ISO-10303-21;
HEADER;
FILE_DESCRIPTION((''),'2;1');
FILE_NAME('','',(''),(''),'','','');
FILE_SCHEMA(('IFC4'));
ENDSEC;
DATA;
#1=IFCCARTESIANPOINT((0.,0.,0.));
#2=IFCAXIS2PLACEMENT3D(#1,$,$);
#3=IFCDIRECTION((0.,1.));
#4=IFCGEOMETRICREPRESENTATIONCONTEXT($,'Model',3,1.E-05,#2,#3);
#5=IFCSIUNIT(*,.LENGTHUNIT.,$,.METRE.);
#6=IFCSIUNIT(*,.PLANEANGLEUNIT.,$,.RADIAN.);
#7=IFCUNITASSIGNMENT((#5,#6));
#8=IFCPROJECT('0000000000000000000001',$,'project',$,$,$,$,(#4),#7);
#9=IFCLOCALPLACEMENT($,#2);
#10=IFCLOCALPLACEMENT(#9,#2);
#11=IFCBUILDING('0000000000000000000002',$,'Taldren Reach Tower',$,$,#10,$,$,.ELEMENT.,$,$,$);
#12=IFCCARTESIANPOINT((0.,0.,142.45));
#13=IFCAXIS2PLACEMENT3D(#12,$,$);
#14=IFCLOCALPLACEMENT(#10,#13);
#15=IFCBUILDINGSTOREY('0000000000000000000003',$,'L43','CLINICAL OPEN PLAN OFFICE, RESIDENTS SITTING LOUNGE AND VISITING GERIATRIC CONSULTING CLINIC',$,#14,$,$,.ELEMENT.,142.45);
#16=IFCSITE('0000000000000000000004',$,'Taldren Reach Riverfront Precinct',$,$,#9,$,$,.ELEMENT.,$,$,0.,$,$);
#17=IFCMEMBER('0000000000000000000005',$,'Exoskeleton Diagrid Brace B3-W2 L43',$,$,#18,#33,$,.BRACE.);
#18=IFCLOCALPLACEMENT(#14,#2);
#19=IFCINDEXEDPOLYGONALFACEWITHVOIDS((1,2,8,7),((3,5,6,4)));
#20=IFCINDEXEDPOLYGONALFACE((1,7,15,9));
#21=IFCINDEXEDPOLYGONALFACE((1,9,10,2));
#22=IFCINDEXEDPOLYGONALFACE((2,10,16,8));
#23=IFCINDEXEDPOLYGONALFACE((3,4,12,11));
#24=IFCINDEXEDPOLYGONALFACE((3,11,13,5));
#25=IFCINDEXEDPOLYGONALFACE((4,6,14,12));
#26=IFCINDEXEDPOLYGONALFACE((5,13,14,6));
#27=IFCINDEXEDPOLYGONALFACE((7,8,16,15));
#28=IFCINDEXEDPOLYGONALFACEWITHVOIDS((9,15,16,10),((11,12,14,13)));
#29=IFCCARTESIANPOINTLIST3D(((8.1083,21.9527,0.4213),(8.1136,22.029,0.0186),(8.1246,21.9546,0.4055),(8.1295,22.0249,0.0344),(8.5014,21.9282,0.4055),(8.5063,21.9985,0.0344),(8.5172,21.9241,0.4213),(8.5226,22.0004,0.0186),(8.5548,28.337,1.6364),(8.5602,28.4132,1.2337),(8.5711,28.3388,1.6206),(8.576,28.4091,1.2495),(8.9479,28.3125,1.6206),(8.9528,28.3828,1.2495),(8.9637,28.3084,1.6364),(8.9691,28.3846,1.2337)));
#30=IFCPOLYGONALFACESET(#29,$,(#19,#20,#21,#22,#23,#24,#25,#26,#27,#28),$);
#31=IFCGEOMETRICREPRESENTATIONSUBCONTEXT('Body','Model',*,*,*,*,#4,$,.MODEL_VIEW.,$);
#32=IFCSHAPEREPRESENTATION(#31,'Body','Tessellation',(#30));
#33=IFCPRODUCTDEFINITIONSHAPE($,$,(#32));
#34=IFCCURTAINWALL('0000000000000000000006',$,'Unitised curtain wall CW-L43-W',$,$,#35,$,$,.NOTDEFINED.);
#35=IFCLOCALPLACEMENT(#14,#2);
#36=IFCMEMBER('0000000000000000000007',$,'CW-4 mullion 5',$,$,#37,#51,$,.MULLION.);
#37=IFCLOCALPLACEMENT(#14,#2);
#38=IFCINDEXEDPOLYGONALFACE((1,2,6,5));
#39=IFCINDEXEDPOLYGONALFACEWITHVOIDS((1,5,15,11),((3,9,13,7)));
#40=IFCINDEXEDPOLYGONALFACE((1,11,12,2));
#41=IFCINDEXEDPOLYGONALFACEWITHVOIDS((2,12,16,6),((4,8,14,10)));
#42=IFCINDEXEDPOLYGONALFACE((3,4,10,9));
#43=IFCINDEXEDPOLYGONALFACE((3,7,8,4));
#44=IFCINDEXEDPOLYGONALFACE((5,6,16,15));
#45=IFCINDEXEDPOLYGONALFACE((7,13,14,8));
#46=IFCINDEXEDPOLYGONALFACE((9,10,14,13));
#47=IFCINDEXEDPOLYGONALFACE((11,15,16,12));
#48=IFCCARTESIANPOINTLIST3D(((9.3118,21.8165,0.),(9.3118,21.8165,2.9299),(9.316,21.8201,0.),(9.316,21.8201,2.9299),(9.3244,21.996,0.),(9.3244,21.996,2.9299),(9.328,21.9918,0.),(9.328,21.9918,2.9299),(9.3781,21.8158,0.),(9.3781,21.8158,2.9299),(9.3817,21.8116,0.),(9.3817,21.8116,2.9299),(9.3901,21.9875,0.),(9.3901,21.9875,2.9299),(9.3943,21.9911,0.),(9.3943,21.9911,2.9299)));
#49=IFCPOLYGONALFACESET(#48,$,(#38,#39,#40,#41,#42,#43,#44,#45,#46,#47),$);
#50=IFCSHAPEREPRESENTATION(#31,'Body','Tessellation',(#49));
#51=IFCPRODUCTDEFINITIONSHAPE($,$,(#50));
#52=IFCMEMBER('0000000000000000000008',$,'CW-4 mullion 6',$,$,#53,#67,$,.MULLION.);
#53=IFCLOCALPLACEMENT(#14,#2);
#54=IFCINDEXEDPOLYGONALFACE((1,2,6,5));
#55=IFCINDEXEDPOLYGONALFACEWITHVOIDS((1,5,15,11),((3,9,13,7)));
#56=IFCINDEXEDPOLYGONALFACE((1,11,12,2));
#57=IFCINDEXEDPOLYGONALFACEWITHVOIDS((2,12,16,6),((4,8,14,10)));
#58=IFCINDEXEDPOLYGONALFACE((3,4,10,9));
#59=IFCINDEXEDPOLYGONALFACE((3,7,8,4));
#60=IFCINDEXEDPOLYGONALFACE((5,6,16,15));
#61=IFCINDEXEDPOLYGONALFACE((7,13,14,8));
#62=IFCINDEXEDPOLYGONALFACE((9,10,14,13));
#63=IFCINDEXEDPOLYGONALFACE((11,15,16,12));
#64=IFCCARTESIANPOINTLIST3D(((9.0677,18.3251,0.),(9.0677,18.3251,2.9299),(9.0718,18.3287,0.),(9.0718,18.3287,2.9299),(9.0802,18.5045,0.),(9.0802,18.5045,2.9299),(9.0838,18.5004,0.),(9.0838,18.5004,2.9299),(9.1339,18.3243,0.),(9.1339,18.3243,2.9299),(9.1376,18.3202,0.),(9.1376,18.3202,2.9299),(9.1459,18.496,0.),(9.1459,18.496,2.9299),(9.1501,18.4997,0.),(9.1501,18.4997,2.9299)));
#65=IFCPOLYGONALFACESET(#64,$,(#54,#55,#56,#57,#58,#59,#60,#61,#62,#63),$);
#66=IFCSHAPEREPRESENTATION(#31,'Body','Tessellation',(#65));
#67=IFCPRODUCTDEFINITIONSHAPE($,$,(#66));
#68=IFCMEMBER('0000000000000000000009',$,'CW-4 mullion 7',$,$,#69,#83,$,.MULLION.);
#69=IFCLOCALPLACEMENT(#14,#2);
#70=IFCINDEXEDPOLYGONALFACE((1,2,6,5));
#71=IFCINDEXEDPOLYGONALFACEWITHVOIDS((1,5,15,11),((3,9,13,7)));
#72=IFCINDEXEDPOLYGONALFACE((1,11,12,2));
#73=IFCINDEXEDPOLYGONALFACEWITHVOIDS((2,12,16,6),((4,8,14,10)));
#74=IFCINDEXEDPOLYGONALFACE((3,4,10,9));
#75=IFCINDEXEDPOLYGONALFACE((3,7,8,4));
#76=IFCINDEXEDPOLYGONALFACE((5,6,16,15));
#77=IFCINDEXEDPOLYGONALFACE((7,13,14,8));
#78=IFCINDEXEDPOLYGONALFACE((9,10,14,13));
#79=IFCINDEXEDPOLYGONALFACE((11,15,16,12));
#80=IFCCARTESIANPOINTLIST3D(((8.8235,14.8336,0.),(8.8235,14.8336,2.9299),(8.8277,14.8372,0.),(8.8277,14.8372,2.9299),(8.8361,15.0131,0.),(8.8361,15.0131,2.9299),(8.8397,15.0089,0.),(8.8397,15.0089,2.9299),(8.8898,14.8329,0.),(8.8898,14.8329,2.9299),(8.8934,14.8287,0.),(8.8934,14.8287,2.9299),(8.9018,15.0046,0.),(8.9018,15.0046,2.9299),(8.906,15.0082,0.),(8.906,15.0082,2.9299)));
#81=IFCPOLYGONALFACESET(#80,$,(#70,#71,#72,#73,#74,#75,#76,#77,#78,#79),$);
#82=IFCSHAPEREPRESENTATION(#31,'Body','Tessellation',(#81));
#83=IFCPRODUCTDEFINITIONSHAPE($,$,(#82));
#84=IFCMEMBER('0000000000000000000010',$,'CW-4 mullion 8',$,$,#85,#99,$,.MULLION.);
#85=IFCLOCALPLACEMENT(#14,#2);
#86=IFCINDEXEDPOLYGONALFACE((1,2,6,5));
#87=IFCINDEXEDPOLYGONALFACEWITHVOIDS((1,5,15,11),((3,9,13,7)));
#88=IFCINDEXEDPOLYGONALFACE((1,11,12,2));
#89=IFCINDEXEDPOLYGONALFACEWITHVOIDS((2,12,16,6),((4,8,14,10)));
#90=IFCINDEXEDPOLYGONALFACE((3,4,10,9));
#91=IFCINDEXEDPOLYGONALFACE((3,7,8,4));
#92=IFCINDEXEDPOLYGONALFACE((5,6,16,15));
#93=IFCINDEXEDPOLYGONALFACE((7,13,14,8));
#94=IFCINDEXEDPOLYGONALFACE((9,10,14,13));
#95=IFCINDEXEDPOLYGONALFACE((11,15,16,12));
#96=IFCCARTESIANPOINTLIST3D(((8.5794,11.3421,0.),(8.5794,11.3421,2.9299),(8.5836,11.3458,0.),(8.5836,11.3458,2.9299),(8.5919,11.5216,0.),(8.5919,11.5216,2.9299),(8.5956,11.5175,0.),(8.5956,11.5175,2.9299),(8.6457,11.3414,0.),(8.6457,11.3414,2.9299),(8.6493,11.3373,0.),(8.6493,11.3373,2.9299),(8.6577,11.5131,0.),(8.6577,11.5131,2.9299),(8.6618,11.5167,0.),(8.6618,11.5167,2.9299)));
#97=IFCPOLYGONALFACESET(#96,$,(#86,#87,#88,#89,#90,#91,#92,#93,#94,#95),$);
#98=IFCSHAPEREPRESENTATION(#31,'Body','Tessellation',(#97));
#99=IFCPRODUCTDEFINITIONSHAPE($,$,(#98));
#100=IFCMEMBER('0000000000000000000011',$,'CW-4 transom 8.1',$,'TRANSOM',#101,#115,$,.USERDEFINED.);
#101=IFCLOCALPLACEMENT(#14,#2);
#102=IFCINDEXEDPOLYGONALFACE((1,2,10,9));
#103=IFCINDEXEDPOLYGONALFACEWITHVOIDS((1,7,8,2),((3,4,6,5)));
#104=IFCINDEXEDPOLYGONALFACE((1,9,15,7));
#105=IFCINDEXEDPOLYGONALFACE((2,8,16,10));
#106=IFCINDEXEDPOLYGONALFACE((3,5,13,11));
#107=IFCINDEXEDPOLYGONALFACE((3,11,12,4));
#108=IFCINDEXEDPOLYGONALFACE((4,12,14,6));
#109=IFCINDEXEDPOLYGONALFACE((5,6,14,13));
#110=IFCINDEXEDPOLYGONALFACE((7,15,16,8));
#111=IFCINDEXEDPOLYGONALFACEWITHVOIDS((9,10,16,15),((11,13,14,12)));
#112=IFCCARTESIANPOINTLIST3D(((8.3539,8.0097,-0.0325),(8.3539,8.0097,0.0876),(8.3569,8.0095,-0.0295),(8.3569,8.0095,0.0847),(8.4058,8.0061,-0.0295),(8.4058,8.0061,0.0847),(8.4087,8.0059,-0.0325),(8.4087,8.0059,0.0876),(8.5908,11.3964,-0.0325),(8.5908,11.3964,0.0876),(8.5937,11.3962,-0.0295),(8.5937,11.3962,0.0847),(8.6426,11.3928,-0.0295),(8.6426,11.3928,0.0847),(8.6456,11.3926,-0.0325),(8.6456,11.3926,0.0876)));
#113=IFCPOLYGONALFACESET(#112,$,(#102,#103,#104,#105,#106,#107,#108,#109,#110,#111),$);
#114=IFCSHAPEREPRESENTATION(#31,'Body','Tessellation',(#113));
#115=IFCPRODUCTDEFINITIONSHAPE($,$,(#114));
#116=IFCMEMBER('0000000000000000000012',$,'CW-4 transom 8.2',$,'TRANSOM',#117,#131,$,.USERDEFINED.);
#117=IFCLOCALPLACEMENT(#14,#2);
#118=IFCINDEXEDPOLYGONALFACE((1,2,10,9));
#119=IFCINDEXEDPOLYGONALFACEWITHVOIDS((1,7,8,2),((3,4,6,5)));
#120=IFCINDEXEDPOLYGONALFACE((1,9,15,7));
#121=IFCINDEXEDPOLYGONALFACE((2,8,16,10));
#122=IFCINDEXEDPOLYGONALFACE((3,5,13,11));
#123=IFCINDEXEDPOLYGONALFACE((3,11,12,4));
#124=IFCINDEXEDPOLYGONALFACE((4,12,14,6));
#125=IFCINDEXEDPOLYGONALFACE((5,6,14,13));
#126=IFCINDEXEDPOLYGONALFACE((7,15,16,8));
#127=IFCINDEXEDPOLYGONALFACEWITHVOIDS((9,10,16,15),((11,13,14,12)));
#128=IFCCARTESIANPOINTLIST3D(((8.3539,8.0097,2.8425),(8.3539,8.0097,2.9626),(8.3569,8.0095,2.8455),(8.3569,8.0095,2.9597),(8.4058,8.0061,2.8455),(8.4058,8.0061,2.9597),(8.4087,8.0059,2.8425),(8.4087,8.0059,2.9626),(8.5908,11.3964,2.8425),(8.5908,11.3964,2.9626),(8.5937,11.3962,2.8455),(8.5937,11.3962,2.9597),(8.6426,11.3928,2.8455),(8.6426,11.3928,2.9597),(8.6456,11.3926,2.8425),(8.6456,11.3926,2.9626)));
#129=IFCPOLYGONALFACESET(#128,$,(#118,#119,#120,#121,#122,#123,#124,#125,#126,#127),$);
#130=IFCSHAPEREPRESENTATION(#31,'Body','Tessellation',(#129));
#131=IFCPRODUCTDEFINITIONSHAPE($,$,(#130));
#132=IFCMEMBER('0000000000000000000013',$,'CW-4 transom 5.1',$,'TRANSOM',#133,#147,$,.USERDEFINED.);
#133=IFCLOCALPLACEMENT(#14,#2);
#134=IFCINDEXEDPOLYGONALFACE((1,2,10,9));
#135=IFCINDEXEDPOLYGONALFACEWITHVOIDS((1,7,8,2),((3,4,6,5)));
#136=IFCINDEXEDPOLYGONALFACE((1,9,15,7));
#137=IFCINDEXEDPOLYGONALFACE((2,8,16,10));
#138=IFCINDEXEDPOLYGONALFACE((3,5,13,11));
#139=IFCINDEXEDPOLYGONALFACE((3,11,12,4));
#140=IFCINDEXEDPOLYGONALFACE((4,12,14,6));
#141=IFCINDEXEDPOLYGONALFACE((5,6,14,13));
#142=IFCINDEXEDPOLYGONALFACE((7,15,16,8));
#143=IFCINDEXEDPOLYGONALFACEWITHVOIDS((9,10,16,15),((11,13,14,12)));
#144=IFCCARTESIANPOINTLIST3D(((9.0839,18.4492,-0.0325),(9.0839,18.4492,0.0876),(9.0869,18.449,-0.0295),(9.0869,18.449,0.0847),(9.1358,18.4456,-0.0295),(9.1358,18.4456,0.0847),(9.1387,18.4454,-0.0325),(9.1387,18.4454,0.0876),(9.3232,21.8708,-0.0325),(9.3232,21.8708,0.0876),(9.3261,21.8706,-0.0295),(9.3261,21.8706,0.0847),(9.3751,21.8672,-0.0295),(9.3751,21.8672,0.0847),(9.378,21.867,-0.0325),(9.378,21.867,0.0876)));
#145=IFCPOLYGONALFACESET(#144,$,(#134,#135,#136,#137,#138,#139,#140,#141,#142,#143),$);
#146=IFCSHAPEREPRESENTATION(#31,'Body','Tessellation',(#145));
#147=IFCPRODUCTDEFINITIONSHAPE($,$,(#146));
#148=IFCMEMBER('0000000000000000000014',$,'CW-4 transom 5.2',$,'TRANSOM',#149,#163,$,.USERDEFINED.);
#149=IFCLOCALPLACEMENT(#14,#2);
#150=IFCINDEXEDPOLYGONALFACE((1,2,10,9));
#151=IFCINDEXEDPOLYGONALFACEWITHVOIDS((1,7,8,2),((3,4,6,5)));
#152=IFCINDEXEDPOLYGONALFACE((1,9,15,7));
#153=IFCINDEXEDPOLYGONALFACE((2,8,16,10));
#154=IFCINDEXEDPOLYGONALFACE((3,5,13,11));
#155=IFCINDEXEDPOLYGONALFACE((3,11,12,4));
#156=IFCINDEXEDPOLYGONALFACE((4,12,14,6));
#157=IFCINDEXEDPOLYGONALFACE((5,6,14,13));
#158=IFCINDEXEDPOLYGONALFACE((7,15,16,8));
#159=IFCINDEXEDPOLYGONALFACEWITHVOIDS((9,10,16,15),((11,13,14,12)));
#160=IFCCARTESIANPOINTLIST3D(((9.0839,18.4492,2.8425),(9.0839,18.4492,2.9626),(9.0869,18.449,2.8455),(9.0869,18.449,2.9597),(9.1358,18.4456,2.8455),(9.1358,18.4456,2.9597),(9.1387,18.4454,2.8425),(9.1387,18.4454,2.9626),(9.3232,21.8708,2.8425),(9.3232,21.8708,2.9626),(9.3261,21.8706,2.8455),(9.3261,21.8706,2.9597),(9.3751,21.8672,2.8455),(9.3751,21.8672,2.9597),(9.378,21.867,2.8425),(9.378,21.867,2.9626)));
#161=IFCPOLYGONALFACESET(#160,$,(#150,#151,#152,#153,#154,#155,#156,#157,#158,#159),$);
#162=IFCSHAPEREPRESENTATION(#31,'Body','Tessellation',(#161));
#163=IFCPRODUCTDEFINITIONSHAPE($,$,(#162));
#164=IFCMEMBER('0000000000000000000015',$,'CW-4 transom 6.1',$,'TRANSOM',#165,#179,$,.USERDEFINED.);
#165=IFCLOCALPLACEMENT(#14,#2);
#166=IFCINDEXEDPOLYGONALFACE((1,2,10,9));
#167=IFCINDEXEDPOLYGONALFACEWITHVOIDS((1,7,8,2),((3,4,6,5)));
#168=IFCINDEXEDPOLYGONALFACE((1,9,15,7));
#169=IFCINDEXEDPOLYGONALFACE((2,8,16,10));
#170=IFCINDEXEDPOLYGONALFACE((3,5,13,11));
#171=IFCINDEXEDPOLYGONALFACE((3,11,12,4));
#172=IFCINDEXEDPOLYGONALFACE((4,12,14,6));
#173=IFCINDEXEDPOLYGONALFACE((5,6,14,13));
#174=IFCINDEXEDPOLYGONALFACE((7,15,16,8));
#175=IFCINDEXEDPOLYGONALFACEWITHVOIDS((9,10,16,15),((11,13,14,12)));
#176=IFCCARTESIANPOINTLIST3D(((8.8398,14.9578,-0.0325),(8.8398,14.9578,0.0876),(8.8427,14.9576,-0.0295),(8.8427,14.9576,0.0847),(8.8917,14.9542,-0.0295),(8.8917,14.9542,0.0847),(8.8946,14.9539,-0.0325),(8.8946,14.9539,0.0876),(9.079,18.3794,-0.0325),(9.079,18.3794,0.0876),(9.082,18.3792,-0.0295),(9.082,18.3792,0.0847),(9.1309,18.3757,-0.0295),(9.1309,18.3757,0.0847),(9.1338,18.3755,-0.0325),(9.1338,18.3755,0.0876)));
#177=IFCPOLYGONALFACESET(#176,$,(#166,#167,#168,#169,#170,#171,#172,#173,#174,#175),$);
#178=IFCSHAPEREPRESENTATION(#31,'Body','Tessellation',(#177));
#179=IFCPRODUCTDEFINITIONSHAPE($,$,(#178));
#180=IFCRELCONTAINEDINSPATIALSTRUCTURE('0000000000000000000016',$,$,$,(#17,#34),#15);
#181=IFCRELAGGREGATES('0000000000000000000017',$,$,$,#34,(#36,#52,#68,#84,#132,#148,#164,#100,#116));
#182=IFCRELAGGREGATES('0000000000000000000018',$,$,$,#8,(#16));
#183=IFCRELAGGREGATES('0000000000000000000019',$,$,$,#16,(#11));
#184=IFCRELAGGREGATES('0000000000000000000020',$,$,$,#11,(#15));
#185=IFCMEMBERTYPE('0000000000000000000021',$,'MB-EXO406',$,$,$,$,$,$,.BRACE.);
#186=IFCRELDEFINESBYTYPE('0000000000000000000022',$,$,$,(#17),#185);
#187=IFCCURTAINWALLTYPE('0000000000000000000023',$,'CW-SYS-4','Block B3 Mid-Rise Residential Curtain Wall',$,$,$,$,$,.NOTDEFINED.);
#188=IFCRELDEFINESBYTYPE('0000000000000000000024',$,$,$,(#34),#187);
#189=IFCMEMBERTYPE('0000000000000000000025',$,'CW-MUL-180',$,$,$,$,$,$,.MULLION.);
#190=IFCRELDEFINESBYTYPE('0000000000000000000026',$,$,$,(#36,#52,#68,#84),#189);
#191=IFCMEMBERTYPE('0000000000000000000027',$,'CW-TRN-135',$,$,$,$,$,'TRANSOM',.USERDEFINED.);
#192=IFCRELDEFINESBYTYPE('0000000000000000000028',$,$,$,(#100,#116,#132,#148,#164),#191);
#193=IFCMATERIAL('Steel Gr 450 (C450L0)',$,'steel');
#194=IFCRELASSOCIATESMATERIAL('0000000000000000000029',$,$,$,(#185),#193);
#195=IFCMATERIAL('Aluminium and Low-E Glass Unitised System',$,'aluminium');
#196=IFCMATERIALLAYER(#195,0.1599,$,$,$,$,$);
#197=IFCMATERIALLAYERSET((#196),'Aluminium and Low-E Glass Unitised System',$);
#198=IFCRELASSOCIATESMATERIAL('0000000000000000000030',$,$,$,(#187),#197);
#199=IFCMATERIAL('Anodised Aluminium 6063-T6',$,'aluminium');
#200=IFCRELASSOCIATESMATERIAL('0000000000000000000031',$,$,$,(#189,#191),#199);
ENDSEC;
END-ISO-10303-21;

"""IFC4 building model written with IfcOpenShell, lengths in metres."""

from ifc_helpers import new_model, si_unit, direction, frame, origin, origin_2d, place, context, subcontext, project, spatial, hollow_rectangle, extrude, source, transform, mapped, material, layer, layer_set, material_profile, profile_set, type_object, element, aggregate, save


model = new_model("IFC4")

# Units and contexts
model_context = context("Model", 3, precision=1e-05, world=origin(), true_north=direction((0.0, 1.0)))
body_context = subcontext(model_context, "Body", "Model", "MODEL_VIEW")
ifc_project = project(units=[si_unit("LENGTHUNIT", "METRE"), si_unit("PLANEANGLEUNIT", "RADIAN")], contexts=[model_context])

# Site, building, storey
site_placement = place(None, origin())
site = spatial("IfcSite", under=ifc_project, at=site_placement, Name="Taldren Reach Riverfront Precinct", CompositionType="ELEMENT", RefElevation=0.0)
building_placement = place(site_placement, origin())
building = spatial("IfcBuilding", under=site, at=building_placement, Name="Taldren Reach Tower", CompositionType="ELEMENT")
storey_placement = place(building_placement, frame((0.0, 0.0, 142.45)))
storey = spatial("IfcBuildingStorey", under=building, at=storey_placement, Name="L43", Description="CLINICAL OPEN PLAN OFFICE, RESIDENTS SITTING LOUNGE AND VISITING GERIATRIC CONSULTING CLINIC", CompositionType="ELEMENT", Elevation=142.45)

# Shared definitions
ifc_material_1 = material(Name="Steel Gr 450 (C450L0)", Category="steel")

# Member
ifc_material_profile_1 = material_profile(ifc_material_1, hollow_rectangle(XDim=0.4099, YDim=0.4099, WallThickness=0.0161, at=origin_2d()), Name="410x410x16.0SHS")
ifc_profile_set_1 = profile_set([ifc_material_profile_1], Name="Steel Gr 450 (C450L0)")
member_type_1 = type_object("IfcMemberType", Name="MB-EXO406", PredefinedType="BRACE", material=ifc_profile_set_1)
shared_shape_1 = source(origin(), body_context, "Body", "SweptSolid", [
    extrude(hollow_rectangle(XDim=0.4099, YDim=0.4099, WallThickness=0.0161, at=origin_2d()), origin(), (0.0, 0.0, 1.0), 6.5142),
])
member_1_placement = place(storey_placement, frame((8.3154, 21.9766, 0.22), z_axis=(0.068548, 0.980055, 0.186529), x_axis=(-0.997563, 0.069772, 0.0)))
element("IfcMember", 1, at=member_1_placement, inside=storey, type_object=member_type_1, Name="Exoskeleton Diagrid Brace B3-W2 L43", PredefinedType="BRACE", context=body_context, shape_type="MappedRepresentation", body=[
    mapped(shared_shape_1, transform((0.0, 0.0, 0.0), scale=1.0)),
])

# Curtain wall, members
ifc_material_2 = material(Name="Aluminium and Low-E Glass Unitised System", Category="aluminium")
ifc_layer_1 = layer(ifc_material_2, 0.1599)
ifc_layer_set_1 = layer_set([ifc_layer_1], Name="Aluminium and Low-E Glass Unitised System")
curtain_wall_type = type_object("IfcCurtainWallType", Name="CW-SYS-4", Description="Block B3 Mid-Rise Residential Curtain Wall", PredefinedType="NOTDEFINED", material=ifc_layer_set_1)
curtain_wall_placement = place(storey_placement, origin())
curtain_wall = element("IfcCurtainWall", 2, at=curtain_wall_placement, inside=storey, type_object=curtain_wall_type, Name="Unitised curtain wall CW-L43-W", PredefinedType="NOTDEFINED")
ifc_material_3 = material(Name="Anodised Aluminium 6063-T6", Category="aluminium")
ifc_material_profile_2 = material_profile(ifc_material_3, hollow_rectangle(XDim=0.0701, YDim=0.1799, WallThickness=0.0039, at=origin_2d()), Name="ALU-180x70x4RHS")
ifc_profile_set_2 = profile_set([ifc_material_profile_2], Name="Anodised Aluminium 6063-T6")
member_type_2 = type_object("IfcMemberType", Name="CW-MUL-180", PredefinedType="MULLION", material=ifc_profile_set_2)
shared_shape_2 = source(origin(), body_context, "Body", "SweptSolid", [
    extrude(hollow_rectangle(XDim=0.0701, YDim=0.1799, WallThickness=0.0039, at=origin_2d()), origin(), (0.0, 0.0, 1.0), 2.9299),
])
member_2_placement = place(storey_placement, frame((9.353, 21.9038, 0.0), z_axis=(0.0, 0.0, 1.0), x_axis=(0.997564, -0.069756, 0.0)))
member_2 = element("IfcMember", 3, at=member_2_placement, type_object=member_type_2, Name="CW-4 mullion 5", PredefinedType="MULLION", context=body_context, shape_type="MappedRepresentation", body=[
    mapped(shared_shape_2, transform((0.0, 0.0, 0.0), scale=1.0)),
])
member_3_placement = place(storey_placement, frame((9.1089, 18.4124, 0.0), z_axis=(0.0, 0.0, 1.0), x_axis=(0.997564, -0.069756, 0.0)))
member_3 = element("IfcMember", 4, at=member_3_placement, type_object=member_type_2, Name="CW-4 mullion 6", PredefinedType="MULLION", context=body_context, shape_type="MappedRepresentation", body=[
    mapped(shared_shape_2, transform((0.0, 0.0, 0.0), scale=1.0)),
])
member_4_placement = place(storey_placement, frame((8.8647, 14.9209, 0.0), z_axis=(0.0, 0.0, 1.0), x_axis=(0.997564, -0.069756, 0.0)))
member_4 = element("IfcMember", 5, at=member_4_placement, type_object=member_type_2, Name="CW-4 mullion 7", PredefinedType="MULLION", context=body_context, shape_type="MappedRepresentation", body=[
    mapped(shared_shape_2, transform((0.0, 0.0, 0.0), scale=1.0)),
])
member_5_placement = place(storey_placement, frame((8.6206, 11.4294, 0.0), z_axis=(0.0, 0.0, 1.0), x_axis=(0.997564, -0.069756, 0.0)))
member_5 = element("IfcMember", 6, at=member_5_placement, type_object=member_type_2, Name="CW-4 mullion 8", PredefinedType="MULLION", context=body_context, shape_type="MappedRepresentation", body=[
    mapped(shared_shape_2, transform((0.0, 0.0, 0.0), scale=1.0)),
])
ifc_material_profile_3 = material_profile(ifc_material_3, hollow_rectangle(XDim=0.0549, YDim=0.1201, WallThickness=0.0029, at=origin_2d()), Name="ALU-120x55x3RHS")
ifc_profile_set_3 = profile_set([ifc_material_profile_3], Name="Anodised Aluminium 6063-T6")
member_type_3 = type_object("IfcMemberType", Name="CW-TRN-135", ElementType="TRANSOM", PredefinedType="USERDEFINED", material=ifc_profile_set_3)
shared_shape_3 = source(origin(), body_context, "Body", "SweptSolid", [
    extrude(hollow_rectangle(XDim=0.0549, YDim=0.1201, WallThickness=0.0029, at=origin_2d()), origin(), (0.0, 0.0, 1.0), 3.395),
])
member_6_placement = place(storey_placement, frame((8.6182, 11.3945, 0.0276), z_axis=(-0.069755, -0.997564, 0.0), x_axis=(0.997564, -0.069755, 0.0)))
member_6 = element("IfcMember", 7, at=member_6_placement, type_object=member_type_3, Name="CW-4 transom 8.1", ObjectType="TRANSOM", PredefinedType="USERDEFINED", context=body_context, shape_type="MappedRepresentation", body=[
    mapped(shared_shape_3, transform((0.0, 0.0, 0.0), scale=1.0)),
])
member_7_placement = place(storey_placement, frame((8.6182, 11.3945, 2.9026), z_axis=(-0.069755, -0.997564, 0.0), x_axis=(0.997564, -0.069755, 0.0)))
member_7 = element("IfcMember", 8, at=member_7_placement, type_object=member_type_3, Name="CW-4 transom 8.2", ObjectType="TRANSOM", PredefinedType="USERDEFINED", context=body_context, shape_type="MappedRepresentation", body=[
    mapped(shared_shape_3, transform((0.0, 0.0, 0.0), scale=1.0)),
])
shared_shape_4 = source(origin(), body_context, "Body", "SweptSolid", [
    extrude(hollow_rectangle(XDim=0.0549, YDim=0.1201, WallThickness=0.0029, at=origin_2d()), origin(), (0.0, 0.0, 1.0), 3.4299),
])
member_8_placement = place(storey_placement, frame((9.3506, 21.8689, 0.0276), z_axis=(-0.069755, -0.997564, 0.0), x_axis=(0.997564, -0.069755, 0.0)))
member_8 = element("IfcMember", 9, at=member_8_placement, type_object=member_type_3, Name="CW-4 transom 5.1", ObjectType="TRANSOM", PredefinedType="USERDEFINED", context=body_context, shape_type="MappedRepresentation", body=[
    mapped(shared_shape_4, transform((0.0, 0.0, 0.0), scale=1.0)),
])
member_9_placement = place(storey_placement, frame((9.3506, 21.8689, 2.9026), z_axis=(-0.069755, -0.997564, 0.0), x_axis=(0.997564, -0.069755, 0.0)))
member_9 = element("IfcMember", 10, at=member_9_placement, type_object=member_type_3, Name="CW-4 transom 5.2", ObjectType="TRANSOM", PredefinedType="USERDEFINED", context=body_context, shape_type="MappedRepresentation", body=[
    mapped(shared_shape_4, transform((0.0, 0.0, 0.0), scale=1.0)),
])
member_10_placement = place(storey_placement, frame((9.1064, 18.3774, 0.0276), z_axis=(-0.069755, -0.997564, 0.0), x_axis=(0.997564, -0.069755, 0.0)))
member_10 = element("IfcMember", 11, at=member_10_placement, type_object=member_type_3, Name="CW-4 transom 6.1", ObjectType="TRANSOM", PredefinedType="USERDEFINED", context=body_context, shape_type="MappedRepresentation", body=[
    mapped(shared_shape_4, transform((0.0, 0.0, 0.0), scale=1.0)),
])

aggregate(curtain_wall, [member_2, member_3, member_4, member_5, member_8, member_9, member_10, member_6, member_7])

save(model, "model.ifc")
